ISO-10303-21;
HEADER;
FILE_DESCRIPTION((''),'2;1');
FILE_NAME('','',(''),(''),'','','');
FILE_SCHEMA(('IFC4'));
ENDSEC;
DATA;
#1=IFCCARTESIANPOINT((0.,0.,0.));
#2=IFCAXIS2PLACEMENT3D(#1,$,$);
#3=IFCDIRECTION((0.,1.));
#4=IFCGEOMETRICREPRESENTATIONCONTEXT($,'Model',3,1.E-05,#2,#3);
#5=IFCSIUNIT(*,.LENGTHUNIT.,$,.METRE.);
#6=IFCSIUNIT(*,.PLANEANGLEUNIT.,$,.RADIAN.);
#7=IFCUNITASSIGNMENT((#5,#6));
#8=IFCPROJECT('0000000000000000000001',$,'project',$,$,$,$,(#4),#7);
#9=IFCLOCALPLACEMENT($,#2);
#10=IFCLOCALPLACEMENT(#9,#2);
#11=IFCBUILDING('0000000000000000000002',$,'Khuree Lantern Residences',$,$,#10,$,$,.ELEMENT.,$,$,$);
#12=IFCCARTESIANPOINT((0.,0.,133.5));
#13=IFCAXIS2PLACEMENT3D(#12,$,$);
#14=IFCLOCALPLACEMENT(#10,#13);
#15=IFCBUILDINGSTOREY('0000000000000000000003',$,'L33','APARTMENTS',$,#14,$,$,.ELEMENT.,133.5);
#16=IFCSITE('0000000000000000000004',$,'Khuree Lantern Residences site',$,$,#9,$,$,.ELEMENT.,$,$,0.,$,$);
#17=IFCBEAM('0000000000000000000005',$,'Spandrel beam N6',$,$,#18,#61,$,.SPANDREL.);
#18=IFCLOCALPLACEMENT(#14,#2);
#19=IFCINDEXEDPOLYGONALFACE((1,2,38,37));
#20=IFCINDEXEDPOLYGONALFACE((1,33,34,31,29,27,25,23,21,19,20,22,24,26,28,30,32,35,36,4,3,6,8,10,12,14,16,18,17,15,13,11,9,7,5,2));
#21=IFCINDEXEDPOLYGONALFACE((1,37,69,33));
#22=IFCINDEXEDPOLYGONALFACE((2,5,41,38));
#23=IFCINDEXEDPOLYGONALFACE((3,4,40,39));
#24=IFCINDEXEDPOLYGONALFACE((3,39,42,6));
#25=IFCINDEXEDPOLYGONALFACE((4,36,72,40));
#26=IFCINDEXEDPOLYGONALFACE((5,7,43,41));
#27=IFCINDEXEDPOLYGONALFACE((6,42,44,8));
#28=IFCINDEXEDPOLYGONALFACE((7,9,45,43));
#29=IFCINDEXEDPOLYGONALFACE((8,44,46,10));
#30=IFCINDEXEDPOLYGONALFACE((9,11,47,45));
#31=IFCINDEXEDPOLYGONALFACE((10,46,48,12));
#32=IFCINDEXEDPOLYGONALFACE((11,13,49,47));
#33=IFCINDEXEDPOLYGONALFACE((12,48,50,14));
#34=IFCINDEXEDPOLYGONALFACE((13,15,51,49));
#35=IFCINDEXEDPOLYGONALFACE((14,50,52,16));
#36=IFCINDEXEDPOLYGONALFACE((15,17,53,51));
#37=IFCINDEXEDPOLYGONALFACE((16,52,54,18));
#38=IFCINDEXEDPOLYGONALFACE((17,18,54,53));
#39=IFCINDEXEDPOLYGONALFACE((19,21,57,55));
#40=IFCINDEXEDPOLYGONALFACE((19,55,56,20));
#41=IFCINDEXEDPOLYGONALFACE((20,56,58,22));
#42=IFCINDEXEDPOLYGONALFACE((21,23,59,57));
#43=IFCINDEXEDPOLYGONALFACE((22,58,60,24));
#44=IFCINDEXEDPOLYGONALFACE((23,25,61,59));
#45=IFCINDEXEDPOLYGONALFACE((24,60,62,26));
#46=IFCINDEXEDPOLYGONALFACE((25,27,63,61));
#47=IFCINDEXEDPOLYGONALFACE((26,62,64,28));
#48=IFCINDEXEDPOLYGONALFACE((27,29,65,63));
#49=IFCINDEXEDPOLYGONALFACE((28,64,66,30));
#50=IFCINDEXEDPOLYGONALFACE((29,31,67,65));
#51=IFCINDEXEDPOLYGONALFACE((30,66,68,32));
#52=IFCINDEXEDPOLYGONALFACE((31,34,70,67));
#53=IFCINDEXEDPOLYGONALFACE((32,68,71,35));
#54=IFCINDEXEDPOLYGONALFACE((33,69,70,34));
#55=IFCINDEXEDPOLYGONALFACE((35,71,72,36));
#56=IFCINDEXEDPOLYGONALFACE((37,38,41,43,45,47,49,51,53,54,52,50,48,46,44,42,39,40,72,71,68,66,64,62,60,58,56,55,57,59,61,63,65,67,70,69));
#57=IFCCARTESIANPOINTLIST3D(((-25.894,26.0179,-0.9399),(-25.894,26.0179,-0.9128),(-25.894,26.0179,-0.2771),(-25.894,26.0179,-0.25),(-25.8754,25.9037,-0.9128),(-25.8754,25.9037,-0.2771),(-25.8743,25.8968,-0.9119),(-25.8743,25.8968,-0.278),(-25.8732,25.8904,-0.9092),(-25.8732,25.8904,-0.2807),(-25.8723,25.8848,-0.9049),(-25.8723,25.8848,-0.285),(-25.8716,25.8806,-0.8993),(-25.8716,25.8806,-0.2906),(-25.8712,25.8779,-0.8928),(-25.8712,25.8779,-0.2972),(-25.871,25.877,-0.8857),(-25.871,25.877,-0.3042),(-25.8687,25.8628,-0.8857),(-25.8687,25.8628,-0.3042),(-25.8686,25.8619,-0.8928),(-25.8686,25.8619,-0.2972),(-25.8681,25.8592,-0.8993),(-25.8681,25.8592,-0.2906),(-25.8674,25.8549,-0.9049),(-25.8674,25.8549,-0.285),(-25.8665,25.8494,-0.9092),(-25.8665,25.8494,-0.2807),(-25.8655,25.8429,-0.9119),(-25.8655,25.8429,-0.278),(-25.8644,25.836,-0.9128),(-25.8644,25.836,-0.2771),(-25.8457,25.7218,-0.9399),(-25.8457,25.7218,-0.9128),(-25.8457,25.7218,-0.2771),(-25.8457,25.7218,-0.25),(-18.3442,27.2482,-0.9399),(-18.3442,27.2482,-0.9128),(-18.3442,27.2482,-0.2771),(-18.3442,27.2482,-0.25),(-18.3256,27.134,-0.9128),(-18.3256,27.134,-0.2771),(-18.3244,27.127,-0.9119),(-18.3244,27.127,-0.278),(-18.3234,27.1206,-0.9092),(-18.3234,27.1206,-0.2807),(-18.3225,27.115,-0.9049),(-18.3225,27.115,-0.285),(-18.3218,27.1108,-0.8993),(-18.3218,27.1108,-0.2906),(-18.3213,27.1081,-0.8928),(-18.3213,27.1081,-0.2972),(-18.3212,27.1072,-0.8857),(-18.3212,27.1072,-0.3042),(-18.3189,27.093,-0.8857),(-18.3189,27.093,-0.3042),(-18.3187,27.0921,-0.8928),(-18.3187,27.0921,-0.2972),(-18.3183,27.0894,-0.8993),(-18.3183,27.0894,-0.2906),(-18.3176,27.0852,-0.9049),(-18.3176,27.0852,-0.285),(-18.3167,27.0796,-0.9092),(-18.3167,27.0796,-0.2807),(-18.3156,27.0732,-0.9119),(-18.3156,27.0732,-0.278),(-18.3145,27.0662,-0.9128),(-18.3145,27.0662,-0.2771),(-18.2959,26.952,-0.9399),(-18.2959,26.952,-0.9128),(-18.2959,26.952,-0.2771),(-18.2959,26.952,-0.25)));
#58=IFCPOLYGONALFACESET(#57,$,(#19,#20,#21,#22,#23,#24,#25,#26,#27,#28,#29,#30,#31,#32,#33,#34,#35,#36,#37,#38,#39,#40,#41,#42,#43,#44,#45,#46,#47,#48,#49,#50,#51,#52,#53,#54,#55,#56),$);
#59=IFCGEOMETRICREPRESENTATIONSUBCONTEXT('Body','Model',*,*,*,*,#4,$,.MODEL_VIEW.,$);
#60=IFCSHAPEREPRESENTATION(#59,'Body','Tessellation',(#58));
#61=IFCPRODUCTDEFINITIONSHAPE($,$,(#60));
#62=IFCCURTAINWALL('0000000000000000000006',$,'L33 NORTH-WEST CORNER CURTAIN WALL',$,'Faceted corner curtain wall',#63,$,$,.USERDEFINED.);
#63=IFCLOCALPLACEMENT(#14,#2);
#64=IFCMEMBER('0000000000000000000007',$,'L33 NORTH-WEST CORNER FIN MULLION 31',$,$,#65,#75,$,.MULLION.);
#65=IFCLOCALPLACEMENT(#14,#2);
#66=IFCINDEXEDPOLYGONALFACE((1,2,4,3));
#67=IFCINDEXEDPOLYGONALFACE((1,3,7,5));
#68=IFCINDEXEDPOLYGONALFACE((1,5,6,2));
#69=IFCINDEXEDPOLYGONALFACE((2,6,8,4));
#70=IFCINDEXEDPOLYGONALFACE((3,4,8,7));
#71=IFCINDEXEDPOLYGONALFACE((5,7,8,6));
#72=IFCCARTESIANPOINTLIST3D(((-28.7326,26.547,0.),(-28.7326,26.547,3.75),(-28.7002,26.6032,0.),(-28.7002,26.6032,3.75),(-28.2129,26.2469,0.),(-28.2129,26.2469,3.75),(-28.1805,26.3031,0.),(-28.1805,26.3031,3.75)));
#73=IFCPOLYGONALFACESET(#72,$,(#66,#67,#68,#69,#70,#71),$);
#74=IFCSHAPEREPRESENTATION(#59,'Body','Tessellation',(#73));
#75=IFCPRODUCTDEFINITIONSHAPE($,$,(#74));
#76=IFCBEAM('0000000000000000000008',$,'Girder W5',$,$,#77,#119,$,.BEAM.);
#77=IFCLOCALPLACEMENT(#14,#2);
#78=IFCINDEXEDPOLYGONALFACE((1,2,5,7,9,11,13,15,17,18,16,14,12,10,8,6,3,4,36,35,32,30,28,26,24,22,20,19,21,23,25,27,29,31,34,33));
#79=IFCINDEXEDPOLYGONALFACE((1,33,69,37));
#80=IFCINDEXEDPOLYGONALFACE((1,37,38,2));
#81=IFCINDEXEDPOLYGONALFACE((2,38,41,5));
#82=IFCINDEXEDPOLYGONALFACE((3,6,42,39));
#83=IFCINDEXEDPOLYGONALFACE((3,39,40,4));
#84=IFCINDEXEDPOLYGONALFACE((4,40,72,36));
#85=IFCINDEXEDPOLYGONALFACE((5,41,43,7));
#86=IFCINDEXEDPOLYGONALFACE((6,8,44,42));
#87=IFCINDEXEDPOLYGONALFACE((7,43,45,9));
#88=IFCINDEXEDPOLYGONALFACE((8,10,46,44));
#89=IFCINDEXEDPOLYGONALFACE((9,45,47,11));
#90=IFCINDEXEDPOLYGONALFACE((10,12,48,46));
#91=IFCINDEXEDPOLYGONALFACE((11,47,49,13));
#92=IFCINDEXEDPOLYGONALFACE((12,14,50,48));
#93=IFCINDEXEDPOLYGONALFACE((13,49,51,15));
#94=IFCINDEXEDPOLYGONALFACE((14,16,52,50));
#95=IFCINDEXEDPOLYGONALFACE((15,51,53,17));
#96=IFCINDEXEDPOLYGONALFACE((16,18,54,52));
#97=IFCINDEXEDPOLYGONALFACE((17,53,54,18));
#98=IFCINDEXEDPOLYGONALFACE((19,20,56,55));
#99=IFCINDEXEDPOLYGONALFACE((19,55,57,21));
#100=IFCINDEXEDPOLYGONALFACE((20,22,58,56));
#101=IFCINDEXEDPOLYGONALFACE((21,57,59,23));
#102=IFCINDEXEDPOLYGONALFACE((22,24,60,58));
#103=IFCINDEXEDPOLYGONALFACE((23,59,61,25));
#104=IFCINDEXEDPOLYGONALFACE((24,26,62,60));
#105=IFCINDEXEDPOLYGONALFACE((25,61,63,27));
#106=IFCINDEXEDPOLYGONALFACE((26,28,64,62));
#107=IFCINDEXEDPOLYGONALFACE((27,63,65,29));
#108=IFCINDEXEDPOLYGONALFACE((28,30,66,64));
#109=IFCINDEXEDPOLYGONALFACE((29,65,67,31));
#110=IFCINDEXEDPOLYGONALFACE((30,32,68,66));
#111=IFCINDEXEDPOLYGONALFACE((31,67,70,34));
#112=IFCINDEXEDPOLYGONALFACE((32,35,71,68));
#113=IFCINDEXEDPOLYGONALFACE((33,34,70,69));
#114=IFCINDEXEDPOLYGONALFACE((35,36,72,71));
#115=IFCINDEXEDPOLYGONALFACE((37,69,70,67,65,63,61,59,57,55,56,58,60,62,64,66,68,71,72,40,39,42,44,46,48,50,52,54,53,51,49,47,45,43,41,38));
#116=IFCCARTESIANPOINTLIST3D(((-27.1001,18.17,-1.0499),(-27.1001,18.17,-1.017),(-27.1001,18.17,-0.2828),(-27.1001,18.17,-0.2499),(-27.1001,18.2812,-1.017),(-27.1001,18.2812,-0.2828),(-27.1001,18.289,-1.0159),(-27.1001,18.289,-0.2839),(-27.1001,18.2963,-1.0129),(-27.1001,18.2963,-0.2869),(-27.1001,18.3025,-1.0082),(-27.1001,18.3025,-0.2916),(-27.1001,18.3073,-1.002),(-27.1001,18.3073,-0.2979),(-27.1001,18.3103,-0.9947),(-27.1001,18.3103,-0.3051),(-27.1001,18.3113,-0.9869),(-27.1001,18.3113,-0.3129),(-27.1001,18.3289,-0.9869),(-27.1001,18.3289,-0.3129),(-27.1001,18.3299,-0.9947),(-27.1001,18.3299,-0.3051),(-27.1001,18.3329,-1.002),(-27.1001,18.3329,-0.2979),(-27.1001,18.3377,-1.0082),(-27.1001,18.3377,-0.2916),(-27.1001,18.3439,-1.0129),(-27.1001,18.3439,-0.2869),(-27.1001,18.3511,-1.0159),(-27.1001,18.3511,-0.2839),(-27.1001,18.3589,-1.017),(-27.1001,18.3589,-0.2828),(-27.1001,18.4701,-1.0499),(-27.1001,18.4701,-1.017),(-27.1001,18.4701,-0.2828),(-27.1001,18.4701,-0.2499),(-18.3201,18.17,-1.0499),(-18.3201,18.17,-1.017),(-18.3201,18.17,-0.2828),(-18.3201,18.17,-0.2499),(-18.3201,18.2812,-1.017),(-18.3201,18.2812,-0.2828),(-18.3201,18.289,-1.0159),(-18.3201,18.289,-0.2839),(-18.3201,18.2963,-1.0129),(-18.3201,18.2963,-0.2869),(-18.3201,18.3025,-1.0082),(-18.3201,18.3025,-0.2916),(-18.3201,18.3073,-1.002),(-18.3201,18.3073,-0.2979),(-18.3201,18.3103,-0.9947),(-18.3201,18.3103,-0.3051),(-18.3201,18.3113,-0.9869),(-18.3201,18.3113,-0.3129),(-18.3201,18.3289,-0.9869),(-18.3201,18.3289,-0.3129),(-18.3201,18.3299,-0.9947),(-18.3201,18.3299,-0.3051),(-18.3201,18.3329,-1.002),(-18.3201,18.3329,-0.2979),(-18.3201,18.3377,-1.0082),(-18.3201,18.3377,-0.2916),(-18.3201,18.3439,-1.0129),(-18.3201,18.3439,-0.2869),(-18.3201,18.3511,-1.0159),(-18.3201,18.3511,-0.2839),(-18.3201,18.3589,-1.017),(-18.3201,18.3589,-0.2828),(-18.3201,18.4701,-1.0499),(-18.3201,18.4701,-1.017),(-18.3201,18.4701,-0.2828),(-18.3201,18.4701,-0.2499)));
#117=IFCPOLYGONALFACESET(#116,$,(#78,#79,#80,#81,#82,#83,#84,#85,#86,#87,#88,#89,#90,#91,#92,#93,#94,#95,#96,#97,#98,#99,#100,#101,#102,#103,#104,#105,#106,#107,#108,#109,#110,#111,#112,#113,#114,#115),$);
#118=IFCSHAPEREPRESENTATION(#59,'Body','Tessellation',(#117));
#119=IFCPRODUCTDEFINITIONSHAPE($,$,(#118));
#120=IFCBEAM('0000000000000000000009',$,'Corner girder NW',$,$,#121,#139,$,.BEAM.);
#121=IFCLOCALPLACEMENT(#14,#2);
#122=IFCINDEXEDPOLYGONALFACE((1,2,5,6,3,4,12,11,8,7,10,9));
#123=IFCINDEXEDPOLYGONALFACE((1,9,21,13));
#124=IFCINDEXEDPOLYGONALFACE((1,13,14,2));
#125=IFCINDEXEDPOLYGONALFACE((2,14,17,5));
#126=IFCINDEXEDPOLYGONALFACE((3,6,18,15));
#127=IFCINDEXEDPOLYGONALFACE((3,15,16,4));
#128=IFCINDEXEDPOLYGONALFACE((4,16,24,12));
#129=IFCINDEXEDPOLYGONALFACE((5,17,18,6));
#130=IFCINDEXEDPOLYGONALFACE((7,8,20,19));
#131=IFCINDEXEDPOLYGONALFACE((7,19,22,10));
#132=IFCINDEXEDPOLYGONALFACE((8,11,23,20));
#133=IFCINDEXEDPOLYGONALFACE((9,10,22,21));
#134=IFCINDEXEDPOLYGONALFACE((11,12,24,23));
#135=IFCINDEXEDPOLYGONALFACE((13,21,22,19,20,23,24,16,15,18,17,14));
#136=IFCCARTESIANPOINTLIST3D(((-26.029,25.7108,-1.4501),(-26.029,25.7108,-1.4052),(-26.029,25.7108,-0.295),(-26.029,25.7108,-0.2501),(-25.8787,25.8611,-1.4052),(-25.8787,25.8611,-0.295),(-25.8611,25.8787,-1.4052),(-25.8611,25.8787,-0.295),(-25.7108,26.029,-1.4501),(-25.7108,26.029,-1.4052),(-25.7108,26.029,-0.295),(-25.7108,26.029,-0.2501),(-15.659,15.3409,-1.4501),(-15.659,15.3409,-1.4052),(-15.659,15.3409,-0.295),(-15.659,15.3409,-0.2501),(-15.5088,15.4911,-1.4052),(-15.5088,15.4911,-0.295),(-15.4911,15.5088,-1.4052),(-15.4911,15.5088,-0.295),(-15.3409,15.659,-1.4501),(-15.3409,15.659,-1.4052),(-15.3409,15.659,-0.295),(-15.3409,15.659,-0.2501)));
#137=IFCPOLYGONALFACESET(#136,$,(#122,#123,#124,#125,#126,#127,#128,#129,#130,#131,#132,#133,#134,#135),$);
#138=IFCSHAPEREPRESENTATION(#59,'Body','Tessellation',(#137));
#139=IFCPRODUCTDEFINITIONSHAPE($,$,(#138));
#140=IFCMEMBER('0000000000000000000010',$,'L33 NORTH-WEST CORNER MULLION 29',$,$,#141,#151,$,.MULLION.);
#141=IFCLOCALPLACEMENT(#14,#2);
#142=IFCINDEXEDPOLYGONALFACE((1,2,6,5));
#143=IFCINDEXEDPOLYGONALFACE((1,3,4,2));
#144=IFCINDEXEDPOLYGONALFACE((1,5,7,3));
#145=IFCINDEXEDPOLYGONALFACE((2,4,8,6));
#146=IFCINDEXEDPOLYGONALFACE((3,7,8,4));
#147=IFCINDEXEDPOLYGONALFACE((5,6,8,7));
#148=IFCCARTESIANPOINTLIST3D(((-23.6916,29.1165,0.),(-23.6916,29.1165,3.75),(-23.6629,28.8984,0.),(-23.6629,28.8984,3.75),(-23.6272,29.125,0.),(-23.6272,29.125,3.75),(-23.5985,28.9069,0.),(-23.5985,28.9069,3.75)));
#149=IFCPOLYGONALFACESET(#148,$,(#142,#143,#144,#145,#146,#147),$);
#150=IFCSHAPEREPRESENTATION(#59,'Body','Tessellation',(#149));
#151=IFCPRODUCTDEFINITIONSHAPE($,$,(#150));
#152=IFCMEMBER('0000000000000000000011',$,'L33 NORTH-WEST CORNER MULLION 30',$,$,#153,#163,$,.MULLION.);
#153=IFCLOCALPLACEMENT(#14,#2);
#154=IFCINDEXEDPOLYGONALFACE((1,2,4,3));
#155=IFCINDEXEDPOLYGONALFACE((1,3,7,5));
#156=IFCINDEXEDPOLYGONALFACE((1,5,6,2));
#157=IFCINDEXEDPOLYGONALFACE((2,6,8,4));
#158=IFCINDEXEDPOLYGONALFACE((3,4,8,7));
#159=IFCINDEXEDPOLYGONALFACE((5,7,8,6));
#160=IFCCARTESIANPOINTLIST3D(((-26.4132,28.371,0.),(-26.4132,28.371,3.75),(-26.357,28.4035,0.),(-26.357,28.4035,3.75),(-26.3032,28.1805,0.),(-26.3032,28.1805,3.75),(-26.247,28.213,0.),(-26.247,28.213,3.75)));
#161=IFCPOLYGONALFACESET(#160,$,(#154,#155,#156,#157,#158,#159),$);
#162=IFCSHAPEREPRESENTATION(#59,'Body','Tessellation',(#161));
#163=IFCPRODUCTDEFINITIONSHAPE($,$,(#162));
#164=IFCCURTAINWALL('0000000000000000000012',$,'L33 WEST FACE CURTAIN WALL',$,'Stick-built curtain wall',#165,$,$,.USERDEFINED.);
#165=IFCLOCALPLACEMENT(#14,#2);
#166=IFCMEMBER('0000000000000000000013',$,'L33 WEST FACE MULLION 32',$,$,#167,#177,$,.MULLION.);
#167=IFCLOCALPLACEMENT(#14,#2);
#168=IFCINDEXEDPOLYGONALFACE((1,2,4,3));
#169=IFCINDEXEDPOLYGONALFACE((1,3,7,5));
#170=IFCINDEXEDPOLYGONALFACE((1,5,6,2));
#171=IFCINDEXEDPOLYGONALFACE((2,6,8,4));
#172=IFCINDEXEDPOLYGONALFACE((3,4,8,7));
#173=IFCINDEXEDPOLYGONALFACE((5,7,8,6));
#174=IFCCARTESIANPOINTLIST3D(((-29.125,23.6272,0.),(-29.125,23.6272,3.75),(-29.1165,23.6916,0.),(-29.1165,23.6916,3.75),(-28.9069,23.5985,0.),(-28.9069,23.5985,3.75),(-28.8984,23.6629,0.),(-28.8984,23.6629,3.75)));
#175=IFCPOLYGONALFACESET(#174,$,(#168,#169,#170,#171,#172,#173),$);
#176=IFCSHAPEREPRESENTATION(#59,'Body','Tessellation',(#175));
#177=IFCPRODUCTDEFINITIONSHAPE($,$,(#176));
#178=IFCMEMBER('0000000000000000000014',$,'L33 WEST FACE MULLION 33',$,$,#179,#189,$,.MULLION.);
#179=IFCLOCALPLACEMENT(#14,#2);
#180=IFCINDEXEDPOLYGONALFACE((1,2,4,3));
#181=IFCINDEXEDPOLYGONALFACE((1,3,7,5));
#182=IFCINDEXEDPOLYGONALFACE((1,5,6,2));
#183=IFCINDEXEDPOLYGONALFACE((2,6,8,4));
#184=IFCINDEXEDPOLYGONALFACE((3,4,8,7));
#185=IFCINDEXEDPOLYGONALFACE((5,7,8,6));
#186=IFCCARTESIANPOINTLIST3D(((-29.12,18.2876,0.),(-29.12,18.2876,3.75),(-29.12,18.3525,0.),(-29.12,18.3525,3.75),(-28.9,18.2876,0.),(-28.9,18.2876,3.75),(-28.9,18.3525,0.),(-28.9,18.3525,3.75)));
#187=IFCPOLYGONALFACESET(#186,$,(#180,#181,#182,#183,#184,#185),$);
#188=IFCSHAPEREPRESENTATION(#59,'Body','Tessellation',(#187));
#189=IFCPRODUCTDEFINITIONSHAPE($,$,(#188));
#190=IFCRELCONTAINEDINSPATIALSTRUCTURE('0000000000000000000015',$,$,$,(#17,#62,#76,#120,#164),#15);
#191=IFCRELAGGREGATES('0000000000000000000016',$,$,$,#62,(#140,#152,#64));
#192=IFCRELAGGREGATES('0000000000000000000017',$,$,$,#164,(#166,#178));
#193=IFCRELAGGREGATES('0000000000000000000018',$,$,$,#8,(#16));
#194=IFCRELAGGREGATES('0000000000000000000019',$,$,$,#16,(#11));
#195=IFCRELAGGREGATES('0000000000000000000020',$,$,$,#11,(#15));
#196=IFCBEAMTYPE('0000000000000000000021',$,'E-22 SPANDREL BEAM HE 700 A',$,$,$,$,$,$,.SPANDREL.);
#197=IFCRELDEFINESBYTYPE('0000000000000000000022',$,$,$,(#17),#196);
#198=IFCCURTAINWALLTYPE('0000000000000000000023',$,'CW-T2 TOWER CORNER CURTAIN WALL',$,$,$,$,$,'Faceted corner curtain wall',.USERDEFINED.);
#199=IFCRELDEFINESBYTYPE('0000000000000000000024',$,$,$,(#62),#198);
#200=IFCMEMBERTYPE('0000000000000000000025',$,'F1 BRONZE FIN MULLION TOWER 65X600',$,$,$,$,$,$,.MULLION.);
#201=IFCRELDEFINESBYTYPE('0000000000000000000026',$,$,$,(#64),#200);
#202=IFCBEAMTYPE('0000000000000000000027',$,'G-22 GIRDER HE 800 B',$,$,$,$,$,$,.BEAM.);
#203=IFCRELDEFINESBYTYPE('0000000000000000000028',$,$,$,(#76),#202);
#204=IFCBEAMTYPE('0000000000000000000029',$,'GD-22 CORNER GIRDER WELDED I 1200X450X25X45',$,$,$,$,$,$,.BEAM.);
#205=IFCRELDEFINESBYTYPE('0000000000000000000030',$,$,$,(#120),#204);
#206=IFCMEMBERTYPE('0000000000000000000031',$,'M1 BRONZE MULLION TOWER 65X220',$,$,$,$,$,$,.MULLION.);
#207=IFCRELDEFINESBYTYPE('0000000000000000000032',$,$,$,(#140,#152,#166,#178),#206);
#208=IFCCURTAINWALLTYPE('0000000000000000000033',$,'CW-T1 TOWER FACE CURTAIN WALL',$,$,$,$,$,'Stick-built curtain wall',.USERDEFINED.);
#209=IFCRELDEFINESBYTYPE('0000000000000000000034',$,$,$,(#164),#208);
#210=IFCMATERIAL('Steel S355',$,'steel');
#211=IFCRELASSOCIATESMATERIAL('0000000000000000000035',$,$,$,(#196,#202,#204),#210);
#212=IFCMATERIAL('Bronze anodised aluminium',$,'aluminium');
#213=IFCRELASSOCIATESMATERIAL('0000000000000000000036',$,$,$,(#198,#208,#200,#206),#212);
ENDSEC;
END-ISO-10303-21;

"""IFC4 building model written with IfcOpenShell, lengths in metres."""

from ifc_helpers import new_model, si_unit, direction, frame, origin, origin_2d, place, context, subcontext, project, spatial, rectangle, i_section, extrude, material, material_profile, profile_set, type_object, element, aggregate, save


model = new_model("IFC4")

# Units and contexts
model_context = context("Model", 3, precision=1e-05, world=origin(), true_north=direction((0.0, 1.0)))
body_context = subcontext(model_context, "Body", "Model", "MODEL_VIEW")
ifc_project = project(units=[si_unit("LENGTHUNIT", "METRE"), si_unit("PLANEANGLEUNIT", "RADIAN")], contexts=[model_context])

# Site, building, storey
site_placement = place(None, origin())
site = spatial("IfcSite", under=ifc_project, at=site_placement, Name="Khuree Lantern Residences site", CompositionType="ELEMENT", RefElevation=0.0)
building_placement = place(site_placement, origin())
building = spatial("IfcBuilding", under=site, at=building_placement, Name="Khuree Lantern Residences", CompositionType="ELEMENT")
storey_placement = place(building_placement, frame((0.0, 0.0, 133.5)))
storey = spatial("IfcBuildingStorey", under=building, at=storey_placement, Name="L33", Description="APARTMENTS", CompositionType="ELEMENT", Elevation=133.5)

# Beam
ifc_material_1 = material(Name="Steel S355", Category="steel")
ifc_material_profile_1 = material_profile(ifc_material_1, i_section(OverallWidth=0.3, OverallDepth=0.6899, WebThickness=0.0144, FlangeThickness=0.0271, FilletRadius=0.0271, at=origin_2d()), Name="HE 700 A")
ifc_profile_set_1 = profile_set([ifc_material_profile_1], Name="Steel S355")
beam_type_1 = type_object("IfcBeamType", Name="E-22 SPANDREL BEAM HE 700 A", PredefinedType="SPANDREL", material=ifc_profile_set_1)
for number, where, z_axis, x_axis, name in (
    (1, (-25.8699, 25.8699, -0.595), (0.986983, 0.160827, 0.0), (-0.160827, 0.986983, 0.0), "Spandrel beam N6"),
):
    element("IfcBeam", number, at=place(storey_placement, frame(where, z_axis=z_axis, x_axis=x_axis)), inside=storey, type_object=beam_type_1, Name=name, PredefinedType="SPANDREL", context=body_context, shape_type="SweptSolid", body=[
        extrude(i_section(OverallWidth=0.3, OverallDepth=0.6899, WebThickness=0.0144, FlangeThickness=0.0271, FilletRadius=0.0271, at=origin_2d()), origin(), (0.0, 0.0, 1.0), 7.6494),
    ])

# Curtain wall, member
ifc_material_2 = material(Name="Bronze anodised aluminium", Category="aluminium")
curtain_wall_type_1 = type_object("IfcCurtainWallType", Name="CW-T2 TOWER CORNER CURTAIN WALL", ElementType="Faceted corner curtain wall", PredefinedType="USERDEFINED", material=ifc_material_2)
curtain_wall_1_placement = place(storey_placement, origin())
curtain_wall_1 = element("IfcCurtainWall", 2, at=curtain_wall_1_placement, inside=storey, type_object=curtain_wall_type_1, Name="L33 NORTH-WEST CORNER CURTAIN WALL", ObjectType="Faceted corner curtain wall", PredefinedType="USERDEFINED")
ifc_material_profile_2 = material_profile(ifc_material_2, rectangle(XDim=0.0649, YDim=0.6001, at=origin_2d()), Name="F1 65X600")
ifc_profile_set_2 = profile_set([ifc_material_profile_2], Name="Bronze anodised aluminium")
member_type_1 = type_object("IfcMemberType", Name="F1 BRONZE FIN MULLION TOWER 65X600", PredefinedType="MULLION", material=ifc_profile_set_2)
member_1_placement = place(storey_placement, frame((-28.4565, 26.425, 0.0), z_axis=(0.0, 0.0, 1.0), x_axis=(-0.5, -0.866025, 0.0)))
member_1 = element("IfcMember", 3, at=member_1_placement, type_object=member_type_1, Name="L33 NORTH-WEST CORNER FIN MULLION 31", PredefinedType="MULLION", context=body_context, shape_type="SweptSolid", body=[
    extrude(rectangle(XDim=0.0649, YDim=0.6001, at=origin_2d()), origin(), (0.0, 0.0, 1.0), 3.75),
])

# Beams
ifc_material_profile_3 = material_profile(ifc_material_1, i_section(OverallWidth=0.3, OverallDepth=0.8, WebThickness=0.0176, FlangeThickness=0.033, FilletRadius=0.03, at=origin_2d()), Name="HE 800 B")
ifc_profile_set_3 = profile_set([ifc_material_profile_3], Name="Steel S355")
beam_type_2 = type_object("IfcBeamType", Name="G-22 GIRDER HE 800 B", PredefinedType="BEAM", material=ifc_profile_set_3)
beam_1_placement = place(storey_placement, frame((-27.1001, 18.3201, -0.6499), z_axis=(1.0, 0.0, 0.0), x_axis=(0.0, 1.0, 0.0)))
element("IfcBeam", 4, at=beam_1_placement, inside=storey, type_object=beam_type_2, Name="Girder W5", PredefinedType="BEAM", context=body_context, shape_type="SweptSolid", body=[
    extrude(i_section(OverallWidth=0.3, OverallDepth=0.8, WebThickness=0.0176, FlangeThickness=0.033, FilletRadius=0.03, at=origin_2d()), origin(), (0.0, 0.0, 1.0), 8.78),
])
ifc_material_profile_4 = material_profile(ifc_material_1, i_section(OverallWidth=0.45, OverallDepth=1.2, WebThickness=0.0249, FlangeThickness=0.0449, at=origin_2d()), Name="WELDED I 1200X450X25X45")
ifc_profile_set_4 = profile_set([ifc_material_profile_4], Name="Steel S355")
beam_type_3 = type_object("IfcBeamType", Name="GD-22 CORNER GIRDER WELDED I 1200X450X25X45", PredefinedType="BEAM", material=ifc_profile_set_4)
beam_2_placement = place(storey_placement, frame((-25.8699, 25.8699, -0.8501), z_axis=(0.707107, -0.707107, 0.0), x_axis=(0.707107, 0.707107, 0.0)))
element("IfcBeam", 5, at=beam_2_placement, inside=storey, type_object=beam_type_3, Name="Corner girder NW", PredefinedType="BEAM", context=body_context, shape_type="SweptSolid", body=[
    extrude(i_section(OverallWidth=0.45, OverallDepth=1.2, WebThickness=0.0249, FlangeThickness=0.0449, at=origin_2d()), origin(), (0.0, 0.0, 1.0), 14.6653),
])

# Members
ifc_material_profile_5 = material_profile(ifc_material_2, rectangle(XDim=0.0649, YDim=0.22, at=origin_2d()), Name="M1 65X220")
ifc_profile_set_5 = profile_set([ifc_material_profile_5], Name="Bronze anodised aluminium")
member_type_2 = type_object("IfcMemberType", Name="M1 BRONZE MULLION TOWER 65X220", PredefinedType="MULLION", material=ifc_profile_set_5)
member_2_placement = place(storey_placement, frame((-23.645, 29.0117, 0.0), z_axis=(0.0, 0.0, 1.0), x_axis=(-0.991445, -0.130526, 0.0)))
member_2 = element("IfcMember", 6, at=member_2_placement, type_object=member_type_2, Name="L33 NORTH-WEST CORNER MULLION 29", PredefinedType="MULLION", context=body_context, shape_type="SweptSolid", body=[
    extrude(rectangle(XDim=0.0649, YDim=0.22, at=origin_2d()), origin(), (0.0, 0.0, 1.0), 3.75),
])
member_3_placement = place(storey_placement, frame((-26.3301, 28.292, 0.0), z_axis=(0.0, 0.0, 1.0), x_axis=(-0.866025, -0.5, 0.0)))
member_3 = element("IfcMember", 7, at=member_3_placement, type_object=member_type_2, Name="L33 NORTH-WEST CORNER MULLION 30", PredefinedType="MULLION", context=body_context, shape_type="SweptSolid", body=[
    extrude(rectangle(XDim=0.0649, YDim=0.22, at=origin_2d()), origin(), (0.0, 0.0, 1.0), 3.75),
])

# Curtain wall, members
curtain_wall_type_2 = type_object("IfcCurtainWallType", Name="CW-T1 TOWER FACE CURTAIN WALL", ElementType="Stick-built curtain wall", PredefinedType="USERDEFINED", material=ifc_material_2)
curtain_wall_2_placement = place(storey_placement, origin())
curtain_wall_2 = element("IfcCurtainWall", 8, at=curtain_wall_2_placement, inside=storey, type_object=curtain_wall_type_2, Name="L33 WEST FACE CURTAIN WALL", ObjectType="Stick-built curtain wall", PredefinedType="USERDEFINED")
member_4_placement = place(storey_placement, frame((-29.0117, 23.645, 0.0), z_axis=(0.0, 0.0, 1.0), x_axis=(-0.130526, -0.991445, 0.0)))
member_4 = element("IfcMember", 9, at=member_4_placement, type_object=member_type_2, Name="L33 WEST FACE MULLION 32", PredefinedType="MULLION", context=body_context, shape_type="SweptSolid", body=[
    extrude(rectangle(XDim=0.0649, YDim=0.22, at=origin_2d()), origin(), (0.0, 0.0, 1.0), 3.75),
])
member_5_placement = place(storey_placement, frame((-29.01, 18.3201, 0.0), z_axis=(0.0, 0.0, 1.0), x_axis=(0.0, -1.0, 0.0)))
member_5 = element("IfcMember", 10, at=member_5_placement, type_object=member_type_2, Name="L33 WEST FACE MULLION 33", PredefinedType="MULLION", context=body_context, shape_type="SweptSolid", body=[
    extrude(rectangle(XDim=0.0649, YDim=0.22, at=origin_2d()), origin(), (0.0, 0.0, 1.0), 3.75),
])

aggregate(curtain_wall_1, [member_2, member_3, member_1])

aggregate(curtain_wall_2, [member_4, member_5])

save(model, "model.ifc")
